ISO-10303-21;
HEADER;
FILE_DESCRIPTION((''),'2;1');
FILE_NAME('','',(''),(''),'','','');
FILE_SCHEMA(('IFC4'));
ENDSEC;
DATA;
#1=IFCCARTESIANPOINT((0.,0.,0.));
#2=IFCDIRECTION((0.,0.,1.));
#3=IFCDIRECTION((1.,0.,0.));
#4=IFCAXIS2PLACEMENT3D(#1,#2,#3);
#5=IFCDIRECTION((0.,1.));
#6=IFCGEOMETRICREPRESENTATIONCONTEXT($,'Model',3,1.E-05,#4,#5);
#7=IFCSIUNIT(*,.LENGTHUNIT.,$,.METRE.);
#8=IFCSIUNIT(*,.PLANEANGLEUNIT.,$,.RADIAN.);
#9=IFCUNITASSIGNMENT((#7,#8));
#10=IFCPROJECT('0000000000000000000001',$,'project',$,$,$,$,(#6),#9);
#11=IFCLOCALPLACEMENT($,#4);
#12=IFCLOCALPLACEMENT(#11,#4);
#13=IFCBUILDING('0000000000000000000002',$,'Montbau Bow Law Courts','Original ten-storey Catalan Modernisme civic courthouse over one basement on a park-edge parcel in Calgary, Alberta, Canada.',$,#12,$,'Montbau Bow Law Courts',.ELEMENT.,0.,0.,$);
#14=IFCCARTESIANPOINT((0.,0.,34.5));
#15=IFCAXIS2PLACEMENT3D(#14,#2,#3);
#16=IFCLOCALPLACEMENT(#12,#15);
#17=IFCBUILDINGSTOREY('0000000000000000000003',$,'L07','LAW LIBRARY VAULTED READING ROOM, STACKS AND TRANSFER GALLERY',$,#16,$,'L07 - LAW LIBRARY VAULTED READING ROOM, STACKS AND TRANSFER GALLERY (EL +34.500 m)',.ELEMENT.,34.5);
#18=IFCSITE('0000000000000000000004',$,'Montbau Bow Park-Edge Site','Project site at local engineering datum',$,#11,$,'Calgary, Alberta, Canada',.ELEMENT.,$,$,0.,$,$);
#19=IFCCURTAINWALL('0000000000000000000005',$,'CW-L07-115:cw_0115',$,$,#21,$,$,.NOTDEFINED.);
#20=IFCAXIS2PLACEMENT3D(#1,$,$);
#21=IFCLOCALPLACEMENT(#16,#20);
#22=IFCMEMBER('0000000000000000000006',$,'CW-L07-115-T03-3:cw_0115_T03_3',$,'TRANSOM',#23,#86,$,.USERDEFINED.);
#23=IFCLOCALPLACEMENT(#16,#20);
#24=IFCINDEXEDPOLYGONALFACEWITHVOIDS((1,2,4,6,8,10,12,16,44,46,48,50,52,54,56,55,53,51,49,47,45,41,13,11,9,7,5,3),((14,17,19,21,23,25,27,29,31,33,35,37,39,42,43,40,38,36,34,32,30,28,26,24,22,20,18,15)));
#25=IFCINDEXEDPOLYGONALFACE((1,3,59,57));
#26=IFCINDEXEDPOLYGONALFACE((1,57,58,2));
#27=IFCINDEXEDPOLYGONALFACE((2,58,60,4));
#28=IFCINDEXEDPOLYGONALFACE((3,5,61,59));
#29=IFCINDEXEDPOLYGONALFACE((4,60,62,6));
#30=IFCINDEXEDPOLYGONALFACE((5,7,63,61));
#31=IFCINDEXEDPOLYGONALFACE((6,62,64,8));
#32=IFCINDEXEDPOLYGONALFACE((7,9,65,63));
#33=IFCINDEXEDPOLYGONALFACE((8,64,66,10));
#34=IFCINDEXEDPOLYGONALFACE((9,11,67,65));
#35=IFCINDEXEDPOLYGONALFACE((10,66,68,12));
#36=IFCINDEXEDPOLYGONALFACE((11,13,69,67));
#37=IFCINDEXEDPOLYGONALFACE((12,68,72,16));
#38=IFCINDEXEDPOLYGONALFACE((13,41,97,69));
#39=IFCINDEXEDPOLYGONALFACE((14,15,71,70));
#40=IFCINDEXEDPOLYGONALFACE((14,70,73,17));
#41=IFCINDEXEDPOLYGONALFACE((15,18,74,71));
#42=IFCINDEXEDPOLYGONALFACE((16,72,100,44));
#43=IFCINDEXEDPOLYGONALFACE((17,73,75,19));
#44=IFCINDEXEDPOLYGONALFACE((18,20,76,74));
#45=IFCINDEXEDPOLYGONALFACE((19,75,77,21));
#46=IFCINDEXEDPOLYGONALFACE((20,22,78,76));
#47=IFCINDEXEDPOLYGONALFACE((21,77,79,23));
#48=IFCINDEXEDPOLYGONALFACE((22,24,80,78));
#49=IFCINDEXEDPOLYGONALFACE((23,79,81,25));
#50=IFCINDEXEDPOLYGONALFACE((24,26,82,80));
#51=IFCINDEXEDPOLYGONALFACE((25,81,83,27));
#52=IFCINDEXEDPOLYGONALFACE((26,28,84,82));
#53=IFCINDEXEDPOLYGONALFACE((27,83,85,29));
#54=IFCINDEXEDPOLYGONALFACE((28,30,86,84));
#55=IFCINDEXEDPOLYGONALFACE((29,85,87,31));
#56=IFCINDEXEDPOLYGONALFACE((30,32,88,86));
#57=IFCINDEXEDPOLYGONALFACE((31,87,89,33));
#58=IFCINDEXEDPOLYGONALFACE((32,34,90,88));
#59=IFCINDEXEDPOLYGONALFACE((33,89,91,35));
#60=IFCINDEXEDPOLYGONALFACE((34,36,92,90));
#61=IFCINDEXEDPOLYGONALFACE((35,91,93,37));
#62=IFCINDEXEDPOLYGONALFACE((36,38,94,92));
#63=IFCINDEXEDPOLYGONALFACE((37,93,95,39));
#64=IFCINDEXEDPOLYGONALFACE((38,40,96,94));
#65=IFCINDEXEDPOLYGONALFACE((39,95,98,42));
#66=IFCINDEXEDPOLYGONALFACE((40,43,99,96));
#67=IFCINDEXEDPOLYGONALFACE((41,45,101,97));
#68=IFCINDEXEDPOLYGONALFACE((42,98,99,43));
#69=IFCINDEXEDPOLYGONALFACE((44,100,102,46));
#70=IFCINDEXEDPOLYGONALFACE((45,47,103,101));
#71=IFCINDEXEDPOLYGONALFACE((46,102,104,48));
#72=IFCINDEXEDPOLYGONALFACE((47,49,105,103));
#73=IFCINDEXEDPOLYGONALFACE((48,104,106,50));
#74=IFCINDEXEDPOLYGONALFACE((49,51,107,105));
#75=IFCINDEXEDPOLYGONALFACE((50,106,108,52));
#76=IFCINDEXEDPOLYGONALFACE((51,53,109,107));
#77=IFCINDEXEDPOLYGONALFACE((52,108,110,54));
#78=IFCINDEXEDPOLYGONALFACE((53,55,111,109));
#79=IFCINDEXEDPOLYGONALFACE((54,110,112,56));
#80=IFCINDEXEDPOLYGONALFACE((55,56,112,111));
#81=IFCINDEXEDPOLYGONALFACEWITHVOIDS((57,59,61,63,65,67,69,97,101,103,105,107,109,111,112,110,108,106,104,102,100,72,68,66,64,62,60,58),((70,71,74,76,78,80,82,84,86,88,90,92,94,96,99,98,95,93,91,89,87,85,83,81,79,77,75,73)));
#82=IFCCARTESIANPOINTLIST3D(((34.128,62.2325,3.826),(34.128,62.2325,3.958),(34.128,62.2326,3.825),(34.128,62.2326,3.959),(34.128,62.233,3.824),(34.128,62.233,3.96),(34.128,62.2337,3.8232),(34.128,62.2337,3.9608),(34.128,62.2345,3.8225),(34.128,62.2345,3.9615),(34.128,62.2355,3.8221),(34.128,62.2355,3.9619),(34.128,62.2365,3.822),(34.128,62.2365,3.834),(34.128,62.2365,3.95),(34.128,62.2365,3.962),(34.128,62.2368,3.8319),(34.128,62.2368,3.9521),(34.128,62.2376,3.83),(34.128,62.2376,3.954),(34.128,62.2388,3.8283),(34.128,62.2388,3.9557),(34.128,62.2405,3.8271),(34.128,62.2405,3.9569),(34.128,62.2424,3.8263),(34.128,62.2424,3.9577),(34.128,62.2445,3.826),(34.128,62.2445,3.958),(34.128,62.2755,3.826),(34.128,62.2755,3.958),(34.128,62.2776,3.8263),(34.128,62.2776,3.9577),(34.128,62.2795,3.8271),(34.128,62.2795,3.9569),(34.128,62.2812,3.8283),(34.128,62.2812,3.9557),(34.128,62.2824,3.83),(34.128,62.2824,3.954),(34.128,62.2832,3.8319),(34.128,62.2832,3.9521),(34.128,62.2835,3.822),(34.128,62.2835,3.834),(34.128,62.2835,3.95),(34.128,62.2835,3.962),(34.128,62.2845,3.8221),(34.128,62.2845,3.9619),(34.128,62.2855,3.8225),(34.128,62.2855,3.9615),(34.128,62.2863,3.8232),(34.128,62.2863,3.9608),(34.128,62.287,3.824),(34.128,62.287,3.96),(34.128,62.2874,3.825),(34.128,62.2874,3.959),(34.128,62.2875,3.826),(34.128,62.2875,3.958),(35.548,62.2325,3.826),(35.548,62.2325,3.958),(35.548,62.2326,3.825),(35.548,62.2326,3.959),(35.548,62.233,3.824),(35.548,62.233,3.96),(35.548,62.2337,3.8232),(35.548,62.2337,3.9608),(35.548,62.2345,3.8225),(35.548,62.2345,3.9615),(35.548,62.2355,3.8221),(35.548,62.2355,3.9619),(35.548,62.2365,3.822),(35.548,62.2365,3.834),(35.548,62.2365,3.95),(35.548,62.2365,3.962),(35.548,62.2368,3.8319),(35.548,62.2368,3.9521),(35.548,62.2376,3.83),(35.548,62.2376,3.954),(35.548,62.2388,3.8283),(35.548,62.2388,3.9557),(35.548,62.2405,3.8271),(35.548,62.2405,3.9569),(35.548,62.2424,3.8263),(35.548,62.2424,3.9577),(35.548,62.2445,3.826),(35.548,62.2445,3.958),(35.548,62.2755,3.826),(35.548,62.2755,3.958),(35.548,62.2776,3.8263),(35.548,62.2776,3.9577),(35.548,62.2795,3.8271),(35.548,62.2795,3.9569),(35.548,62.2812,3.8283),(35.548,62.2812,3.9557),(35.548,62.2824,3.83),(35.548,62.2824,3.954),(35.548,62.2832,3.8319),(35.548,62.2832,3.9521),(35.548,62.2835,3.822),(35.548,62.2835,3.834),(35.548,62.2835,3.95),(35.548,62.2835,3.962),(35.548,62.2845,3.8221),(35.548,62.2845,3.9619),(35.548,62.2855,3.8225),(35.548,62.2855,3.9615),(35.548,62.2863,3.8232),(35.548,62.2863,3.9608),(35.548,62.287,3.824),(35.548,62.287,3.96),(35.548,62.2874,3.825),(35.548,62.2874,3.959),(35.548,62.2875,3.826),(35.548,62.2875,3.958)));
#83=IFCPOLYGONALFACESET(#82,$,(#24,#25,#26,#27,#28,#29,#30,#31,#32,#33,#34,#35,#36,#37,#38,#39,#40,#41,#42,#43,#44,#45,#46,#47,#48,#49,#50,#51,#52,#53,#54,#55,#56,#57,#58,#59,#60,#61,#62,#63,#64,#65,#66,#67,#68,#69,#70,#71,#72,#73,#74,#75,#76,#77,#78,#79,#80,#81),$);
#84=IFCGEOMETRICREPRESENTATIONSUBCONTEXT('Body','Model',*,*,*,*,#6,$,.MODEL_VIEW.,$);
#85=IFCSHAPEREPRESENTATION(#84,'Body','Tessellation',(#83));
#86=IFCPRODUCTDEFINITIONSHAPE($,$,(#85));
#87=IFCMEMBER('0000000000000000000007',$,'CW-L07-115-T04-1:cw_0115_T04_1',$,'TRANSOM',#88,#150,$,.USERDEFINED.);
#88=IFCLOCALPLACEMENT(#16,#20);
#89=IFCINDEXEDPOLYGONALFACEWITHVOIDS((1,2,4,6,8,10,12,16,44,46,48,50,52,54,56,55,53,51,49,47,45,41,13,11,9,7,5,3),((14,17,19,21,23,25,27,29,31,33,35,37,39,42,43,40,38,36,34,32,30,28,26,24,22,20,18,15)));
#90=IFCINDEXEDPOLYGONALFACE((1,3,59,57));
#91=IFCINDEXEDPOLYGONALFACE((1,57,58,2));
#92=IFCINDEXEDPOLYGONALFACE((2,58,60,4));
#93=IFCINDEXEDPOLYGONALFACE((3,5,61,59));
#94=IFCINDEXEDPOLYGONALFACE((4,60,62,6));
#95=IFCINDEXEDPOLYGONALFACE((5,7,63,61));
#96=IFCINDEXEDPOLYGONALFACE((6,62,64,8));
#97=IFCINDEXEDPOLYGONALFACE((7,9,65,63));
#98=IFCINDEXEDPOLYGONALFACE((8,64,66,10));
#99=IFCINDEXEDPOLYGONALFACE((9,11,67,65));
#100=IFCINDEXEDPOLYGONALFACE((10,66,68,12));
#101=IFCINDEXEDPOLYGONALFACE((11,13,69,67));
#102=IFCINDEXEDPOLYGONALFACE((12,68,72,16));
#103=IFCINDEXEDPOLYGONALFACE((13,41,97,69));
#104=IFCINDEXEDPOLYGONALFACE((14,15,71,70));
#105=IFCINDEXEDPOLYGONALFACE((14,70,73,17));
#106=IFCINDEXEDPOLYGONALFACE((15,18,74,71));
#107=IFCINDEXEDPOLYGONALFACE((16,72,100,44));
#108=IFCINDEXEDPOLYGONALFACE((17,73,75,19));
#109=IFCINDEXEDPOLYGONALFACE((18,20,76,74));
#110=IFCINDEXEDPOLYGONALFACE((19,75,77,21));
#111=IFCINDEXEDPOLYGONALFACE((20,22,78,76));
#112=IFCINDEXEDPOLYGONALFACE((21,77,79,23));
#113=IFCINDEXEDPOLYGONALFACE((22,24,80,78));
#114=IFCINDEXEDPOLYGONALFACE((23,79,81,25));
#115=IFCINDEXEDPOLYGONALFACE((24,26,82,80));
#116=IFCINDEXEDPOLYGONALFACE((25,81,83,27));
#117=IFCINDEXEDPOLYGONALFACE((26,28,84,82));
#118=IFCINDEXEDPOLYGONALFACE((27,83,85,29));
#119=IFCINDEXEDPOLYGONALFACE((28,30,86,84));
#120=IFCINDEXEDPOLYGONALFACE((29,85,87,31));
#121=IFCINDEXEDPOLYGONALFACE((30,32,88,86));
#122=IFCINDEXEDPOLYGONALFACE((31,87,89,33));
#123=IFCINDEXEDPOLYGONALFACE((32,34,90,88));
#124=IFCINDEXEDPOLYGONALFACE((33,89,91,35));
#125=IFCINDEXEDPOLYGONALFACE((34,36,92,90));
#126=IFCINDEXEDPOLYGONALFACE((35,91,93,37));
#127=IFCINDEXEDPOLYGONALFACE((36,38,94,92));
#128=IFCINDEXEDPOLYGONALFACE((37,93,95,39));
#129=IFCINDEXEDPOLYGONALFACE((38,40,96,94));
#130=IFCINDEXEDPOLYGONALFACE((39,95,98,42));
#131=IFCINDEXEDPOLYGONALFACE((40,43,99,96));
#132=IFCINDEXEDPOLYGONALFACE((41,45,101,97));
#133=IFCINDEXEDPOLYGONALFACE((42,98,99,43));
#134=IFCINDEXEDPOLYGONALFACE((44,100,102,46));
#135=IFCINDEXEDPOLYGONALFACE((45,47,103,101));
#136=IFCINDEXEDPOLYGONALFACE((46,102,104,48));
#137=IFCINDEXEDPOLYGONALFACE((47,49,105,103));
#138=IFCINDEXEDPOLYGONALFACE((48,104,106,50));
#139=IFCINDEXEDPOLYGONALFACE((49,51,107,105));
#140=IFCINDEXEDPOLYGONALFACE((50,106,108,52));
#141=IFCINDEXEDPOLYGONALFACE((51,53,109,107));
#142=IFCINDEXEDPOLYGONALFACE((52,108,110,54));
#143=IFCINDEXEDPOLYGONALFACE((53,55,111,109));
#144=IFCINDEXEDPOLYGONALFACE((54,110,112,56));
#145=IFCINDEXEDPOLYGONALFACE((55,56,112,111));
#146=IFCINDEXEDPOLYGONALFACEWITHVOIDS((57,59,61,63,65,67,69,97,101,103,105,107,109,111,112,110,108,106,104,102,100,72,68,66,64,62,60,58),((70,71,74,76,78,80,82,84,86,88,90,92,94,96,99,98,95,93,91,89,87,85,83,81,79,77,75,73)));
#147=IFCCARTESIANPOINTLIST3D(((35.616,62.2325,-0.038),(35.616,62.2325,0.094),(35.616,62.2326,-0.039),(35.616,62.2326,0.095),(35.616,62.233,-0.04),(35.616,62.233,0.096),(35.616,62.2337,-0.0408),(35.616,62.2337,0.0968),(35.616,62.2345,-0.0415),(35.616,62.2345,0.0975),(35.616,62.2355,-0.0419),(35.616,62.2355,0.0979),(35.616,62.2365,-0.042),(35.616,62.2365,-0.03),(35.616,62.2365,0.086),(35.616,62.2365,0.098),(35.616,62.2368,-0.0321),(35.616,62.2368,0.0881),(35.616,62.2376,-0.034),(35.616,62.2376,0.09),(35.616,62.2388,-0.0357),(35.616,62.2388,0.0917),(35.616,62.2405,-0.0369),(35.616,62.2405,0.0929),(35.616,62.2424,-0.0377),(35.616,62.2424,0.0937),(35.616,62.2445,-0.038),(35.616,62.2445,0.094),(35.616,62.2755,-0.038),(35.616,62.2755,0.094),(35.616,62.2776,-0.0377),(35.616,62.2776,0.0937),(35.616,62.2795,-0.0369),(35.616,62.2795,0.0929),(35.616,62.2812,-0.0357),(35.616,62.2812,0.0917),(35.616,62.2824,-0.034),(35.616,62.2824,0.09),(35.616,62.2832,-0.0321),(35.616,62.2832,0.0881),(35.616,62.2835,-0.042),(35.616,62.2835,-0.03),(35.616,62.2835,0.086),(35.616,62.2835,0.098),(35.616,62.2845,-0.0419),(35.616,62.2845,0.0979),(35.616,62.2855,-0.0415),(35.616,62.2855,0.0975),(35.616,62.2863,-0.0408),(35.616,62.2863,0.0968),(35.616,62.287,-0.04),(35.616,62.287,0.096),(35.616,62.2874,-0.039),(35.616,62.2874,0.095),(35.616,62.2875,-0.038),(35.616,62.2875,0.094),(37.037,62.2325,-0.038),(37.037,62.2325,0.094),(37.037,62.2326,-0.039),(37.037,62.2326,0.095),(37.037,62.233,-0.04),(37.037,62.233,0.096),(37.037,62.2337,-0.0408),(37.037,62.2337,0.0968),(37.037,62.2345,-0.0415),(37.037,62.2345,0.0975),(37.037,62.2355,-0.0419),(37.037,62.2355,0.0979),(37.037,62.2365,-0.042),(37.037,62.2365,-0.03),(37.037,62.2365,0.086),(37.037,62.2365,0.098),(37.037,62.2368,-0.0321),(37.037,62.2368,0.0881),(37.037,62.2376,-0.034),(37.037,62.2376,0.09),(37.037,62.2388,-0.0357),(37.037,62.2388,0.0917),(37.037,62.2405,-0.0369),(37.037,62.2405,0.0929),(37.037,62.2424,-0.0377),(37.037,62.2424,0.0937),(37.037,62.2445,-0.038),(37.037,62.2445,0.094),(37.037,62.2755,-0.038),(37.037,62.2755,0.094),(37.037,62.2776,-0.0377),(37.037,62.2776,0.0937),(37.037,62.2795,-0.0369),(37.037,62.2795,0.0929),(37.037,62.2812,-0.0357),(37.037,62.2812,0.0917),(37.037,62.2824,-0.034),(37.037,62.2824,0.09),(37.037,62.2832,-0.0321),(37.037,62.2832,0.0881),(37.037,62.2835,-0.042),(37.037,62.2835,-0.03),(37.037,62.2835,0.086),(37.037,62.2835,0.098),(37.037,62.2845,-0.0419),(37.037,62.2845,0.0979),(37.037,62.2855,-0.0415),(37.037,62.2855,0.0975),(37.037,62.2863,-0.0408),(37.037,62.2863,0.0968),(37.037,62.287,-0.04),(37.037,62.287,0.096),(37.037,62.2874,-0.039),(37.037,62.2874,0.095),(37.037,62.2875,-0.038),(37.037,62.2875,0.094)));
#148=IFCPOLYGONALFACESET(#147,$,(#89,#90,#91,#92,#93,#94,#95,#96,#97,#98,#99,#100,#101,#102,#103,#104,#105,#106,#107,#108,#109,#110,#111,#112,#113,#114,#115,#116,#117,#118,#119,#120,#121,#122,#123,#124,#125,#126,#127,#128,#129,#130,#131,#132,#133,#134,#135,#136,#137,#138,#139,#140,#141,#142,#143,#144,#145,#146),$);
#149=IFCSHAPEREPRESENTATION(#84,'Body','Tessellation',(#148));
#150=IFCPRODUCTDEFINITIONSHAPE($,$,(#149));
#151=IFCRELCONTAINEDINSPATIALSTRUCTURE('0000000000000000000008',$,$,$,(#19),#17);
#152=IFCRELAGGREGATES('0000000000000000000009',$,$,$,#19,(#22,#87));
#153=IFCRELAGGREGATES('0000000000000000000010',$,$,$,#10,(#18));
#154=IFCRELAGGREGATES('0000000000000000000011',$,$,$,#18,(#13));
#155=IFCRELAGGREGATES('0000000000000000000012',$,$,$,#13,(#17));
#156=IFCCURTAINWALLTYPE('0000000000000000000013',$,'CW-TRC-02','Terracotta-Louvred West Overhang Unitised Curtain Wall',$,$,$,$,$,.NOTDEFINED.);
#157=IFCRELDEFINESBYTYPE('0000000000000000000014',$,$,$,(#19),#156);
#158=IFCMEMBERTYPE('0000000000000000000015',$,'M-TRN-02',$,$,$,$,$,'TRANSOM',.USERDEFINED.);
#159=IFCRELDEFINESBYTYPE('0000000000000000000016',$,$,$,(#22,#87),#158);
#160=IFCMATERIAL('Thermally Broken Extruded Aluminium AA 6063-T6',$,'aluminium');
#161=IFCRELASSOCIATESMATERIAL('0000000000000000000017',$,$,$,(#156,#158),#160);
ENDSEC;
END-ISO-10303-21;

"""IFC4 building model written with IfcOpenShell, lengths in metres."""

from ifc_helpers import new_model, si_unit, direction, frame, origin_with_axes, origin_2d_with_axis, place, context, subcontext, project, spatial, hollow_rectangle, extrude, material, material_profile, profile_set, type_object, element, aggregate, save


model = new_model("IFC4")

# Units and contexts
model_context = context("Model", 3, precision=1e-05, world=origin_with_axes(), true_north=direction((0.0, 1.0)))
body_context = subcontext(model_context, "Body", "Model", "MODEL_VIEW")
ifc_project = project(units=[si_unit("LENGTHUNIT", "METRE"), si_unit("PLANEANGLEUNIT", "RADIAN")], contexts=[model_context])

# Site, building, storey
site_placement = place(None, origin_with_axes())
site = spatial("IfcSite", under=ifc_project, at=site_placement, Name="Montbau Bow Park-Edge Site", Description="Project site at local engineering datum", LongName="Calgary, Alberta, Canada", CompositionType="ELEMENT", RefElevation=0.0)
building_placement = place(site_placement, origin_with_axes())
building = spatial("IfcBuilding", under=site, at=building_placement, Name="Montbau Bow Law Courts", Description="Original ten-storey Catalan Modernisme civic courthouse over one basement on a park-edge parcel in Calgary, Alberta, Canada.", LongName="Montbau Bow Law Courts", CompositionType="ELEMENT", ElevationOfRefHeight=0.0, ElevationOfTerrain=0.0)
storey_placement = place(building_placement, frame((0.0, 0.0, 34.5), z_axis=(0.0, 0.0, 1.0), x_axis=(1.0, 0.0, 0.0)))
storey = spatial("IfcBuildingStorey", under=building, at=storey_placement, Name="L07", Description="LAW LIBRARY VAULTED READING ROOM, STACKS AND TRANSFER GALLERY", LongName="L07 - LAW LIBRARY VAULTED READING ROOM, STACKS AND TRANSFER GALLERY (EL +34.500 m)", CompositionType="ELEMENT", Elevation=34.5)

# Curtain wall, members
ifc_material_1 = material(Name="Thermally Broken Extruded Aluminium AA 6063-T6", Category="aluminium")
curtain_wall_type = type_object("IfcCurtainWallType", Name="CW-TRC-02", Description="Terracotta-Louvred West Overhang Unitised Curtain Wall", PredefinedType="NOTDEFINED", material=ifc_material_1)
curtain_wall_placement = place(None, frame((31.115, 62.26, 34.5), z_axis=(0.0, 0.0, 1.0), x_axis=(1.0, 0.0, 0.0)))
curtain_wall = element("IfcCurtainWall", 1, at=curtain_wall_placement, inside=storey, type_object=curtain_wall_type, Name="CW-L07-115:cw_0115", PredefinedType="NOTDEFINED")
ifc_material_profile_1 = material_profile(ifc_material_1, hollow_rectangle(XDim=0.055, YDim=0.14, WallThickness=0.004, InnerFilletRadius=0.008, OuterFilletRadius=0.004, at=origin_2d_with_axis()), Name="CWT-140X55", Category="Main", Priority=0)
ifc_profile_set_1 = profile_set([ifc_material_profile_1], Name="Thermally Broken Extruded Aluminium AA 6063-T6")
member_type_1 = type_object("IfcMemberType", Name="M-TRN-02", ElementType="TRANSOM", PredefinedType="USERDEFINED", material=ifc_profile_set_1)
member_1_placement = place(None, frame((34.128, 62.26, 38.392), z_axis=(1.0, 0.0, 0.0), x_axis=(0.0, 1.0, 0.0)))
member_1 = element("IfcMember", 2, at=member_1_placement, type_object=member_type_1, Name="CW-L07-115-T03-3:cw_0115_T03_3", ObjectType="TRANSOM", PredefinedType="USERDEFINED", context=body_context, shape_type="SweptSolid", body=[
    extrude(hollow_rectangle(XDim=0.055, YDim=0.14, WallThickness=0.004, InnerFilletRadius=0.008, OuterFilletRadius=0.004, at=origin_2d_with_axis()), origin_with_axes(), (0.0, 0.0, 1.0), 1.42),
])
member_2_placement = place(None, frame((35.616, 62.26, 34.528), z_axis=(1.0, 0.0, 0.0), x_axis=(0.0, 1.0, 0.0)))
member_2 = element("IfcMember", 3, at=member_2_placement, type_object=member_type_1, Name="CW-L07-115-T04-1:cw_0115_T04_1", ObjectType="TRANSOM", PredefinedType="USERDEFINED", context=body_context, shape_type="SweptSolid", body=[
    extrude(hollow_rectangle(XDim=0.055, YDim=0.14, WallThickness=0.004, InnerFilletRadius=0.008, OuterFilletRadius=0.004, at=origin_2d_with_axis()), origin_with_axes(), (0.0, 0.0, 1.0), 1.421),
])
aggregate(curtain_wall, [member_1, member_2])

save(model, "model.ifc")
